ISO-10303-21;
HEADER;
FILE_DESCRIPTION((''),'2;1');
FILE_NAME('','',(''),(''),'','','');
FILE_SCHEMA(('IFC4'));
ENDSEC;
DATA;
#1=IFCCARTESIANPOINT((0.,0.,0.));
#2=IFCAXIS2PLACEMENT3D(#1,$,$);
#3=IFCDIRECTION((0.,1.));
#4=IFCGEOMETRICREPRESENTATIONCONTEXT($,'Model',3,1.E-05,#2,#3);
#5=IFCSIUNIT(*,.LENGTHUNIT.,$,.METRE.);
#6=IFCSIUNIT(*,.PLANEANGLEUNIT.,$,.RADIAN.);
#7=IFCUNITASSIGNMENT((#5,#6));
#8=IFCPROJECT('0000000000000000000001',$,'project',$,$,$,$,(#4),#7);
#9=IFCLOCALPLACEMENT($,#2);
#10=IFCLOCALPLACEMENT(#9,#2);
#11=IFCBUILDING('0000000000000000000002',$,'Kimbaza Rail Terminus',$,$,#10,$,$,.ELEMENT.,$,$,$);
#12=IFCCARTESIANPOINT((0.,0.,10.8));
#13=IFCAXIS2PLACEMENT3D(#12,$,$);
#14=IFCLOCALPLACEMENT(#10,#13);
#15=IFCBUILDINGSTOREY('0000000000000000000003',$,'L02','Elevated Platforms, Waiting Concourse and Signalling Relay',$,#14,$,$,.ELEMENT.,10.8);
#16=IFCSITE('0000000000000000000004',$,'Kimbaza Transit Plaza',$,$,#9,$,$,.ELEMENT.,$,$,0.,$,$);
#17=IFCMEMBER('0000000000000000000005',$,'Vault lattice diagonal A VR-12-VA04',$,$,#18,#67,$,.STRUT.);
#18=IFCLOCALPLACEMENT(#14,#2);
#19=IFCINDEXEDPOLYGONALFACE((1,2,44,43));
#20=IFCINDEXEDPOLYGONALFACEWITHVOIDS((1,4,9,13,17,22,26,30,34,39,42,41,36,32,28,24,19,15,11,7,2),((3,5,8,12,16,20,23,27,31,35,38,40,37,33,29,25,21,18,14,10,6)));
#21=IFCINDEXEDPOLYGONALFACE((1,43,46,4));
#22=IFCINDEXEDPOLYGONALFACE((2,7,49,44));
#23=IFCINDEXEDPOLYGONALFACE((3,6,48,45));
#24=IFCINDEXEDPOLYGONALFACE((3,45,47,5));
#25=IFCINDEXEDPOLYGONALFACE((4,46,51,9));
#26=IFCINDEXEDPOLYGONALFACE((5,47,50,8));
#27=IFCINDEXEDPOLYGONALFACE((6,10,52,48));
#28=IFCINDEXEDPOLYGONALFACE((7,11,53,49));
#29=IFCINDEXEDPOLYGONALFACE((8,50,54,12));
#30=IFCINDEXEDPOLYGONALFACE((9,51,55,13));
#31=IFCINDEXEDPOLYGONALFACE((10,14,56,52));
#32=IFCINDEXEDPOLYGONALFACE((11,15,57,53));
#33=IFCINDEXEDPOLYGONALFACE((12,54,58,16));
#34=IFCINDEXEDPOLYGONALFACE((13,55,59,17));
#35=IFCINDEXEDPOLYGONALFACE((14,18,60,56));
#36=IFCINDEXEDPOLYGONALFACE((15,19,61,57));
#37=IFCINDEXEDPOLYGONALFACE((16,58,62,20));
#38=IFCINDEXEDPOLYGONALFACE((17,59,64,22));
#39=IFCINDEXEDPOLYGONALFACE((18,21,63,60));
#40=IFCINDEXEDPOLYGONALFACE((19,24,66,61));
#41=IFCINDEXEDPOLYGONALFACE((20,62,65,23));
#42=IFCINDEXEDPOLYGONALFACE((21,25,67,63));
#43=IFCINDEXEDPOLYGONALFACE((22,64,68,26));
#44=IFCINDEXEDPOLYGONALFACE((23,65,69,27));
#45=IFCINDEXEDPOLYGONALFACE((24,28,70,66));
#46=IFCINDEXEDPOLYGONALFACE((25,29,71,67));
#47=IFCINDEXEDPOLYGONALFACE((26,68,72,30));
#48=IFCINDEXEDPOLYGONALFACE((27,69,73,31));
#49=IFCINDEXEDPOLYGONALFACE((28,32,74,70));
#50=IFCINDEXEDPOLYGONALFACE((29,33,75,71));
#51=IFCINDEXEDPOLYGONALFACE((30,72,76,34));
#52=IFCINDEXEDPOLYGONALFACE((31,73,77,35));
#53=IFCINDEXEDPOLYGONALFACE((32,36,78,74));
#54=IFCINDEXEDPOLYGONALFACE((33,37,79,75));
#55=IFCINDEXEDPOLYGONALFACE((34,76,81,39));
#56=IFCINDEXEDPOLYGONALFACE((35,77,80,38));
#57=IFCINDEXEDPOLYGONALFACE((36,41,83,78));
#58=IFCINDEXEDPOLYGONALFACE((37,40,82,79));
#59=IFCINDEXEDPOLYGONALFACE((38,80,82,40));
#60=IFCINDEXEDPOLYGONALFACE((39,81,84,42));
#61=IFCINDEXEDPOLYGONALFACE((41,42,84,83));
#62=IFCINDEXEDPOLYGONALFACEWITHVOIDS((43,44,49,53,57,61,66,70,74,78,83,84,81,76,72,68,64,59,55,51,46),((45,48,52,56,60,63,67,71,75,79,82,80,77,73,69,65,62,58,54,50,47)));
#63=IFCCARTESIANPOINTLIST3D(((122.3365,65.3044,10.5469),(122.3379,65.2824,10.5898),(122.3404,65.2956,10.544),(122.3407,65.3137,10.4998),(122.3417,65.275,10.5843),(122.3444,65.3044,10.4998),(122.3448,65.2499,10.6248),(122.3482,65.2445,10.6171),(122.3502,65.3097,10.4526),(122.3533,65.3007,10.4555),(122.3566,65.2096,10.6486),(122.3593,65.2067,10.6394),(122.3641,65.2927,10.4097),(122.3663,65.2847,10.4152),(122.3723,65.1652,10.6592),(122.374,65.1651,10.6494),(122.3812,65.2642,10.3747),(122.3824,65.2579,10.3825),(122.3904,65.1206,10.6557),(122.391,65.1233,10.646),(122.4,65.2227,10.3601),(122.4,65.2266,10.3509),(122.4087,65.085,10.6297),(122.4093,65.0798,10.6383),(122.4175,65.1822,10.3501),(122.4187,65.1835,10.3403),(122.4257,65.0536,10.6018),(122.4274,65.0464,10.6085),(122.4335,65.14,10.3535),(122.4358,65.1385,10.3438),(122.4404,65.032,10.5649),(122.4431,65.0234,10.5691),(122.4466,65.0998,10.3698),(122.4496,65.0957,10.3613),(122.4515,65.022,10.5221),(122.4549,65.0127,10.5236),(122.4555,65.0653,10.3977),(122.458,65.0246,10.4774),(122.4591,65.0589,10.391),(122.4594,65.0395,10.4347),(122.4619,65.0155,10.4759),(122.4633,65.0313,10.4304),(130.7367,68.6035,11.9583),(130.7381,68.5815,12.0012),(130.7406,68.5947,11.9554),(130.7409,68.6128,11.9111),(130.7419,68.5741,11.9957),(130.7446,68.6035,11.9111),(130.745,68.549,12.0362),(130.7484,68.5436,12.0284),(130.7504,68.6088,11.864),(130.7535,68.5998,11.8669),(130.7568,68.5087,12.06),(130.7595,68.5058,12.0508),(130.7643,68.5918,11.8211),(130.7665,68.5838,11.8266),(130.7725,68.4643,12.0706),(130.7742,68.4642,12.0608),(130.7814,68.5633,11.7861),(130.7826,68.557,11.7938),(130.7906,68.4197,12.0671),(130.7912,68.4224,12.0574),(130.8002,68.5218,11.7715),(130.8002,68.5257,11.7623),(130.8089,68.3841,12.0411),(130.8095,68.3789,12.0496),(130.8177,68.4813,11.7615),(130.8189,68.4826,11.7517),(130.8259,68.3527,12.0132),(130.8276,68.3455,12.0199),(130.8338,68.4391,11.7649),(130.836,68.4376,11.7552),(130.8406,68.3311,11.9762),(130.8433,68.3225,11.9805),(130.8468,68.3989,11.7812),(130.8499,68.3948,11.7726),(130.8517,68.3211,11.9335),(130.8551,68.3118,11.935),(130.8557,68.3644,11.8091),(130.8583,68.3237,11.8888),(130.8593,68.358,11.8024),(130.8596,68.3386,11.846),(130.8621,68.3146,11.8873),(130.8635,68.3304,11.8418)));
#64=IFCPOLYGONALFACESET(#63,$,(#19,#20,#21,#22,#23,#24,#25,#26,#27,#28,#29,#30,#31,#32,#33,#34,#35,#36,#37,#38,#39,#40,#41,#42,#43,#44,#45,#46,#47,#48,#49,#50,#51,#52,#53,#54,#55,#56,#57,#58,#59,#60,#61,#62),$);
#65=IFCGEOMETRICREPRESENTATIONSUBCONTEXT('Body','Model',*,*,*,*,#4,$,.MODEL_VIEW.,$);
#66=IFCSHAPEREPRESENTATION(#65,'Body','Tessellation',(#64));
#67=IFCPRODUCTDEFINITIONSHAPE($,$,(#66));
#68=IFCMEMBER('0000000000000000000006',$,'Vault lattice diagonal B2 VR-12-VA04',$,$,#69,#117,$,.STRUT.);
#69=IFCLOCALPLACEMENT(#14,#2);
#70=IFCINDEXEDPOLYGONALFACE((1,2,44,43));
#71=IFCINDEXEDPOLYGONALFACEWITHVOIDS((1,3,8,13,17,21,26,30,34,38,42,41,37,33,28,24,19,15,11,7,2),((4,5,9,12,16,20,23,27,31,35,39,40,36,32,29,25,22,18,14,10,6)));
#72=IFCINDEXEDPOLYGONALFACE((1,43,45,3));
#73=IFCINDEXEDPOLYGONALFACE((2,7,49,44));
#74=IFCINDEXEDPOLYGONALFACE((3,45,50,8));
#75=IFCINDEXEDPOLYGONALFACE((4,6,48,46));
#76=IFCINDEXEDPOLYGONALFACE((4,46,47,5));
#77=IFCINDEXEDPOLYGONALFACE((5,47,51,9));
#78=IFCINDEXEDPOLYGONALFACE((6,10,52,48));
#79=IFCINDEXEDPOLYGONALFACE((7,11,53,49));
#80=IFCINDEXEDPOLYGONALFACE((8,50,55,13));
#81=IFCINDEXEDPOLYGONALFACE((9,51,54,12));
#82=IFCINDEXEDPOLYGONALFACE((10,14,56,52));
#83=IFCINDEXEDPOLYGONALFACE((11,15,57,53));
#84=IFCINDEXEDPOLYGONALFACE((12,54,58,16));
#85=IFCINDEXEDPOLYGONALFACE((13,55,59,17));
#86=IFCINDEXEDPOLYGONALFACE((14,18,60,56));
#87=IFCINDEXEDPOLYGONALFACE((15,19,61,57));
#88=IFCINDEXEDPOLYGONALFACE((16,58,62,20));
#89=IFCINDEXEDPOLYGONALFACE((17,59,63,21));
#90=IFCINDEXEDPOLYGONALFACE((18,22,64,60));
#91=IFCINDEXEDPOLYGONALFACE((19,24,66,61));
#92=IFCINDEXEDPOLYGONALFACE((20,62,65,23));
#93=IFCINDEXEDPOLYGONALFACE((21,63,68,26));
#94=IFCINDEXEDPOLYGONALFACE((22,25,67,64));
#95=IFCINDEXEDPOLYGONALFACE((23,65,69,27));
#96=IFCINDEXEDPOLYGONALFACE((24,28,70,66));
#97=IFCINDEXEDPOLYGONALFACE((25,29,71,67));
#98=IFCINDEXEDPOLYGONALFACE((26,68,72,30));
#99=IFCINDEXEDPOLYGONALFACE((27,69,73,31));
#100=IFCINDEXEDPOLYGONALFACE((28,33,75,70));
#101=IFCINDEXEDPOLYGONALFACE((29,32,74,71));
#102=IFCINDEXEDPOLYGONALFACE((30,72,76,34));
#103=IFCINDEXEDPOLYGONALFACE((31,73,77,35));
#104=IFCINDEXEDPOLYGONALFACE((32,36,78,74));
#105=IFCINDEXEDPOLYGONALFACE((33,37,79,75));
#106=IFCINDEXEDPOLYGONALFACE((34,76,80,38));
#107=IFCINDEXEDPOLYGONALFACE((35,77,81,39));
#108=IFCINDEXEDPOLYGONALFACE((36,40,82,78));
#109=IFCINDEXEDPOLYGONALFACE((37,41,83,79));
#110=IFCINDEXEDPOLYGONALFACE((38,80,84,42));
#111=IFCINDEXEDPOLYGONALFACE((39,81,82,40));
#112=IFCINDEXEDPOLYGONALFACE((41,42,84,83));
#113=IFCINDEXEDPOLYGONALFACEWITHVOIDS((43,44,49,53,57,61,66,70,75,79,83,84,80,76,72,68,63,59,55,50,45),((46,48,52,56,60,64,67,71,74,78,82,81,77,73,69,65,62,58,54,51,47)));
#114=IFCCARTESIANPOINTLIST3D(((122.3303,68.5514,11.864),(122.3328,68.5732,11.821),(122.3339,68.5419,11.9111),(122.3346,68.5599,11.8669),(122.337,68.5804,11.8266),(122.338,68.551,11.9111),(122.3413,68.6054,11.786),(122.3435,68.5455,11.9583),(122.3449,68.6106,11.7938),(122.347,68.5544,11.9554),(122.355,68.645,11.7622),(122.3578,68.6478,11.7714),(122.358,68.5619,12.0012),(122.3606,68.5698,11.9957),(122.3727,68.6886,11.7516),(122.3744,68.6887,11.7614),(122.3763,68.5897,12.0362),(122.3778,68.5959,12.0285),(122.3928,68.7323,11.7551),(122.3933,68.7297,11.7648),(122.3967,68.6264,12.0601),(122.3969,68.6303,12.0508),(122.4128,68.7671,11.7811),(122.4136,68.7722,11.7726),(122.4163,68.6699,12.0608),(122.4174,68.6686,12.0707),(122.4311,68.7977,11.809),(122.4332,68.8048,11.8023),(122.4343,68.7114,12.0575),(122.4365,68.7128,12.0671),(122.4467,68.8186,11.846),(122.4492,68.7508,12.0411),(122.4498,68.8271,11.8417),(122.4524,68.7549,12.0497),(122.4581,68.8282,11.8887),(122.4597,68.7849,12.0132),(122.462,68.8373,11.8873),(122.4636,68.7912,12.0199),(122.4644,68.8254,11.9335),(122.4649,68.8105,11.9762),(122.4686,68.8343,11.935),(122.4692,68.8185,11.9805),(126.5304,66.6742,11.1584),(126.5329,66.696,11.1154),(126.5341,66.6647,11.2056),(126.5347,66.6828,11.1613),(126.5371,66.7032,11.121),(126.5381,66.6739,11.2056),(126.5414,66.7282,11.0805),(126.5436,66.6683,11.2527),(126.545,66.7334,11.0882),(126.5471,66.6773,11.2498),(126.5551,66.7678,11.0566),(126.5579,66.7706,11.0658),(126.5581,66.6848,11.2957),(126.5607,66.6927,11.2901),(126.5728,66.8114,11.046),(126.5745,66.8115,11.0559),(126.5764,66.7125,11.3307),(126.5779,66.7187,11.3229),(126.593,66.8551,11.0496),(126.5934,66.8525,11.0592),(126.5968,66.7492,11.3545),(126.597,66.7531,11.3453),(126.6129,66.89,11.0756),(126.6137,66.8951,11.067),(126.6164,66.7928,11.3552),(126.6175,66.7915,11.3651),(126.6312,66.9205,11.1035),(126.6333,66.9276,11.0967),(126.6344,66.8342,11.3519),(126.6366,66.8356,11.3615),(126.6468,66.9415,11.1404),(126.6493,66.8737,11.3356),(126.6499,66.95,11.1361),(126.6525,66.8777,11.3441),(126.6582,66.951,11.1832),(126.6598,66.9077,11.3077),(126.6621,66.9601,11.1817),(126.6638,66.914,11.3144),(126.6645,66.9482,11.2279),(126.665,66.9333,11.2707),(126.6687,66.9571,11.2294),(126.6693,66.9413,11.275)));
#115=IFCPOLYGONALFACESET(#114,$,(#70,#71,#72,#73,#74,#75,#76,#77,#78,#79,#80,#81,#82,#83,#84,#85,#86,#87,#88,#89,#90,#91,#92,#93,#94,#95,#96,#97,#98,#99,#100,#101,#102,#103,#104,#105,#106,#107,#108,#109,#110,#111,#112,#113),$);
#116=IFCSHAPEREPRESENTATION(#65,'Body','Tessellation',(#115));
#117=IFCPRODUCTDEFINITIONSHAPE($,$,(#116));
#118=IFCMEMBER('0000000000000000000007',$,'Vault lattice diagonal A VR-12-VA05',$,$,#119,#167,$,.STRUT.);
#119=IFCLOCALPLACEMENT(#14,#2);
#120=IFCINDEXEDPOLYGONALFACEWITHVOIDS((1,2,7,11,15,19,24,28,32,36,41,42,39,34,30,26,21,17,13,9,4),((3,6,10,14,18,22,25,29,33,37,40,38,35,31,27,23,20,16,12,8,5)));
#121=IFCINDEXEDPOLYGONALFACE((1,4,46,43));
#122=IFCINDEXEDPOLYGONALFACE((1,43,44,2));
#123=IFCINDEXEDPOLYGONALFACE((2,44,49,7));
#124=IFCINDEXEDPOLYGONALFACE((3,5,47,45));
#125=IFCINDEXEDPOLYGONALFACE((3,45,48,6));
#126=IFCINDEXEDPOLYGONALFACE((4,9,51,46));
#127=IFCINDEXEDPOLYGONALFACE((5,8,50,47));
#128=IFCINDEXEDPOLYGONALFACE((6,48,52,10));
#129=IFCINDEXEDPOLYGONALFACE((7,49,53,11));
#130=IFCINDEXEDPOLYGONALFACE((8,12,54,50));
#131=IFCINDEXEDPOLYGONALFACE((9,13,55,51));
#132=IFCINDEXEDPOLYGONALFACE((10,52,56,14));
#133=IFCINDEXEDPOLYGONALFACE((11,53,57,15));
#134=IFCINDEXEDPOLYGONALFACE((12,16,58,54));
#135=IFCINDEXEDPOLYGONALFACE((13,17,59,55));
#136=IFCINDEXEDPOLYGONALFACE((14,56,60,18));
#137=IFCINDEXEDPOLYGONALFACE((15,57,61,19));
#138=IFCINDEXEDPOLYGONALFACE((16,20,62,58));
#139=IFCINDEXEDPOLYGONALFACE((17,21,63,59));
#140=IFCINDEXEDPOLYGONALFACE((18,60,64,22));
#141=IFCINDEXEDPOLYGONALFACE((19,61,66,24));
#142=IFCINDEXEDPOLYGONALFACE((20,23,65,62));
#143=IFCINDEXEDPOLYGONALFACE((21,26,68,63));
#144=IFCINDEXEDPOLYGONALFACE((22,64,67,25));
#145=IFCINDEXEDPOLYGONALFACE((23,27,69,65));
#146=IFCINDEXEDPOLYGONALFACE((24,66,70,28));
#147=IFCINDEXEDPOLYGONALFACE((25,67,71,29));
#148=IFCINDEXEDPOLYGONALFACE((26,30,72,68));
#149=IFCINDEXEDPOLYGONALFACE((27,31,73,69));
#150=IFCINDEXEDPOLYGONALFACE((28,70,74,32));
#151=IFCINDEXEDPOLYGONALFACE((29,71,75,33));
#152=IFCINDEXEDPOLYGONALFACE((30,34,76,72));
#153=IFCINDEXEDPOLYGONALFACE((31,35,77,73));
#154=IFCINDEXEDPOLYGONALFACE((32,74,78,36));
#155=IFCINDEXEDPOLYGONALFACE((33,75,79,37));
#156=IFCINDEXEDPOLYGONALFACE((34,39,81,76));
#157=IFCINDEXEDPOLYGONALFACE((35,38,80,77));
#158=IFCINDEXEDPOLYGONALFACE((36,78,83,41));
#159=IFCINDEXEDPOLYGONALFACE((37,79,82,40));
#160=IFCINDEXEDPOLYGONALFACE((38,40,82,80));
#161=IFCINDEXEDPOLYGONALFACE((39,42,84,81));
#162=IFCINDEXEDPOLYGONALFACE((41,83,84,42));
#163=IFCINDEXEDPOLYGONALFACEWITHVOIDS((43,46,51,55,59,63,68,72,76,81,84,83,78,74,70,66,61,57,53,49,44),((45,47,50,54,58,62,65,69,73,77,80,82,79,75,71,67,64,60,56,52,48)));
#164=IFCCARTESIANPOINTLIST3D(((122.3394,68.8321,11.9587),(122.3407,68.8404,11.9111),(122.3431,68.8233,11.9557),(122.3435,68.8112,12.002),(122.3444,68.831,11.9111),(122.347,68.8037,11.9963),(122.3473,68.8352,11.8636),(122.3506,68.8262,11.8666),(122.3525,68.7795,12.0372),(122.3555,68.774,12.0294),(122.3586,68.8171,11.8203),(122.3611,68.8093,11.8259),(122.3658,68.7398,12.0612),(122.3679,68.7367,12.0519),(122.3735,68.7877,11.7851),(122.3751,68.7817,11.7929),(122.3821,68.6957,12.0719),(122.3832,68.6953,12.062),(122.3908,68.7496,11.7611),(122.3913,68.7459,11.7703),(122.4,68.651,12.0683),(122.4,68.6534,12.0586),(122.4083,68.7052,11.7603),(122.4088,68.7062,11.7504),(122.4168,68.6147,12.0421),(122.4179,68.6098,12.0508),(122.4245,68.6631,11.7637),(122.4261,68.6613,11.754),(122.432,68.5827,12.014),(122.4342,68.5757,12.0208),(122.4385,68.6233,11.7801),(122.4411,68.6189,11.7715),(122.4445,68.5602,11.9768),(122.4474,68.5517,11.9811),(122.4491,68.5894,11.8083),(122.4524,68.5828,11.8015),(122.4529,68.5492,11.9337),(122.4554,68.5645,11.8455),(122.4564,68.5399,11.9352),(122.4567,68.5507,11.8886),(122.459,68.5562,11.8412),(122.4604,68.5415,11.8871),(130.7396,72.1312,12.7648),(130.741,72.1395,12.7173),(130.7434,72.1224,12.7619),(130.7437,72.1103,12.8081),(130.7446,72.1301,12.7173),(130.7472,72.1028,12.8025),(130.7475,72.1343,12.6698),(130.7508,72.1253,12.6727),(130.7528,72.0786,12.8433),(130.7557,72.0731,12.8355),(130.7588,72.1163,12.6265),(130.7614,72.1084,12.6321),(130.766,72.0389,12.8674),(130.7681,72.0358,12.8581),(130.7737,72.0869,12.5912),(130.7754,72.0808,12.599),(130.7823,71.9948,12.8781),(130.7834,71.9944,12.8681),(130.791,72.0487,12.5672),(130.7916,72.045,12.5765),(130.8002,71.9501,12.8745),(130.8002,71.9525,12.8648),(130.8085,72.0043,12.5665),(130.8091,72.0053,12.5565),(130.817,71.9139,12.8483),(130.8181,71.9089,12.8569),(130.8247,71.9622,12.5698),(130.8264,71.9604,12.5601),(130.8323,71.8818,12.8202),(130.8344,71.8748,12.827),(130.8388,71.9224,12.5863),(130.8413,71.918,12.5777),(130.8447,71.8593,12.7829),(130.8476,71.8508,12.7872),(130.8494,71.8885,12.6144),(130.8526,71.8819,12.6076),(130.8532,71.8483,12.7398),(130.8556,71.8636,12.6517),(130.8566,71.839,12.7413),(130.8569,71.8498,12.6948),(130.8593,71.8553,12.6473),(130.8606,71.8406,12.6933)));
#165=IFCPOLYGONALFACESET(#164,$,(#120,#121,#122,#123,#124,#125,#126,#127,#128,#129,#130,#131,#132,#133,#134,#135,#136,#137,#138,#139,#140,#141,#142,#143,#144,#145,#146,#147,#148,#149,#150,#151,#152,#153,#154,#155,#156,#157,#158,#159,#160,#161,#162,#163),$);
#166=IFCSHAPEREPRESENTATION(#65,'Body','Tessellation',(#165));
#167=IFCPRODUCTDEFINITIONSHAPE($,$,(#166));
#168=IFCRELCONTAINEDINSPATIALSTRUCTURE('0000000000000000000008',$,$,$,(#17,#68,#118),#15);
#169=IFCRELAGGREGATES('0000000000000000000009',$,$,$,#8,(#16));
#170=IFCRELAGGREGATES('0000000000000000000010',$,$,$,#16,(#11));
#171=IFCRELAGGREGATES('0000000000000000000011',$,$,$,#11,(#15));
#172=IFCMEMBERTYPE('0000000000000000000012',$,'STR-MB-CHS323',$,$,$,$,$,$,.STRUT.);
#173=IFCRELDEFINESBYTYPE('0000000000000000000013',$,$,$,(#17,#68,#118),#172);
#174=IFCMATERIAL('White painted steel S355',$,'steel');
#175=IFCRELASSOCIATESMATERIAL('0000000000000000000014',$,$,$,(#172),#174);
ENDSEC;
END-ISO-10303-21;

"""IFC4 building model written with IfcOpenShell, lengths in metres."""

from ifc_helpers import new_model, si_unit, direction, frame, origin, origin_2d, place, context, subcontext, project, spatial, hollow_circle, extrude, material, material_profile, profile_set, type_object, element, save


model = new_model("IFC4")

# Units and contexts
model_context = context("Model", 3, precision=1e-05, world=origin(), true_north=direction((0.0, 1.0)))
body_context = subcontext(model_context, "Body", "Model", "MODEL_VIEW")
ifc_project = project(units=[si_unit("LENGTHUNIT", "METRE"), si_unit("PLANEANGLEUNIT", "RADIAN")], contexts=[model_context])

# Site, building, storey
site_placement = place(None, origin())
site = spatial("IfcSite", under=ifc_project, at=site_placement, Name="Kimbaza Transit Plaza", CompositionType="ELEMENT", RefElevation=0.0)
building_placement = place(site_placement, origin())
building = spatial("IfcBuilding", under=site, at=building_placement, Name="Kimbaza Rail Terminus", CompositionType="ELEMENT")
storey_placement = place(building_placement, frame((0.0, 0.0, 10.8)))
storey = spatial("IfcBuildingStorey", under=building, at=storey_placement, Name="L02", Description="Elevated Platforms, Waiting Concourse and Signalling Relay", CompositionType="ELEMENT", Elevation=10.8)

# Members
ifc_material_1 = material(Name="White painted steel S355", Category="steel")
ifc_material_profile_1 = material_profile(ifc_material_1, hollow_circle(Radius=0.1619, WallThickness=0.01, at=origin_2d()), Name="CHS 323.9x10")
ifc_profile_set_1 = profile_set([ifc_material_profile_1], Name="White painted steel S355")
member_type_1 = type_object("IfcMemberType", Name="STR-MB-CHS323", PredefinedType="STRUT", material=ifc_profile_set_1)
member_1_placement = place(storey_placement, frame((122.3999, 65.1631, 10.4998), z_axis=(0.919611, 0.361168, 0.154511), x_axis=(-0.365558, 0.930789, 0.0)))
element("IfcMember", 1, at=member_1_placement, inside=storey, type_object=member_type_1, Name="Vault lattice diagonal A VR-12-VA04", PredefinedType="STRUT", context=body_context, shape_type="SweptSolid", body=[
    extrude(hollow_circle(Radius=0.1619, WallThickness=0.01, at=origin_2d()), origin(), (0.0, 0.0, 1.0), 9.1345),
])
member_2_placement = place(storey_placement, frame((126.6001, 66.8125, 11.2056), z_axis=(-0.902416, 0.403318, 0.151592), x_axis=(-0.408033, -0.912967, 0.0)))
element("IfcMember", 2, at=member_2_placement, inside=storey, type_object=member_type_1, Name="Vault lattice diagonal B2 VR-12-VA04", PredefinedType="STRUT", context=body_context, shape_type="SweptSolid", body=[
    extrude(hollow_circle(Radius=0.1619, WallThickness=0.01, at=origin_2d()), origin(), (0.0, 0.0, 1.0), 4.6543),
])
member_3_placement = place(storey_placement, frame((122.3999, 68.6897, 11.9111), z_axis=(0.927097, 0.364108, 0.088972), x_axis=(-0.365558, 0.930789, 0.0)))
element("IfcMember", 3, at=member_3_placement, inside=storey, type_object=member_type_1, Name="Vault lattice diagonal A VR-12-VA05", PredefinedType="STRUT", context=body_context, shape_type="SweptSolid", body=[
    extrude(hollow_circle(Radius=0.1619, WallThickness=0.01, at=origin_2d()), origin(), (0.0, 0.0, 1.0), 9.0608),
])

save(model, "model.ifc")
